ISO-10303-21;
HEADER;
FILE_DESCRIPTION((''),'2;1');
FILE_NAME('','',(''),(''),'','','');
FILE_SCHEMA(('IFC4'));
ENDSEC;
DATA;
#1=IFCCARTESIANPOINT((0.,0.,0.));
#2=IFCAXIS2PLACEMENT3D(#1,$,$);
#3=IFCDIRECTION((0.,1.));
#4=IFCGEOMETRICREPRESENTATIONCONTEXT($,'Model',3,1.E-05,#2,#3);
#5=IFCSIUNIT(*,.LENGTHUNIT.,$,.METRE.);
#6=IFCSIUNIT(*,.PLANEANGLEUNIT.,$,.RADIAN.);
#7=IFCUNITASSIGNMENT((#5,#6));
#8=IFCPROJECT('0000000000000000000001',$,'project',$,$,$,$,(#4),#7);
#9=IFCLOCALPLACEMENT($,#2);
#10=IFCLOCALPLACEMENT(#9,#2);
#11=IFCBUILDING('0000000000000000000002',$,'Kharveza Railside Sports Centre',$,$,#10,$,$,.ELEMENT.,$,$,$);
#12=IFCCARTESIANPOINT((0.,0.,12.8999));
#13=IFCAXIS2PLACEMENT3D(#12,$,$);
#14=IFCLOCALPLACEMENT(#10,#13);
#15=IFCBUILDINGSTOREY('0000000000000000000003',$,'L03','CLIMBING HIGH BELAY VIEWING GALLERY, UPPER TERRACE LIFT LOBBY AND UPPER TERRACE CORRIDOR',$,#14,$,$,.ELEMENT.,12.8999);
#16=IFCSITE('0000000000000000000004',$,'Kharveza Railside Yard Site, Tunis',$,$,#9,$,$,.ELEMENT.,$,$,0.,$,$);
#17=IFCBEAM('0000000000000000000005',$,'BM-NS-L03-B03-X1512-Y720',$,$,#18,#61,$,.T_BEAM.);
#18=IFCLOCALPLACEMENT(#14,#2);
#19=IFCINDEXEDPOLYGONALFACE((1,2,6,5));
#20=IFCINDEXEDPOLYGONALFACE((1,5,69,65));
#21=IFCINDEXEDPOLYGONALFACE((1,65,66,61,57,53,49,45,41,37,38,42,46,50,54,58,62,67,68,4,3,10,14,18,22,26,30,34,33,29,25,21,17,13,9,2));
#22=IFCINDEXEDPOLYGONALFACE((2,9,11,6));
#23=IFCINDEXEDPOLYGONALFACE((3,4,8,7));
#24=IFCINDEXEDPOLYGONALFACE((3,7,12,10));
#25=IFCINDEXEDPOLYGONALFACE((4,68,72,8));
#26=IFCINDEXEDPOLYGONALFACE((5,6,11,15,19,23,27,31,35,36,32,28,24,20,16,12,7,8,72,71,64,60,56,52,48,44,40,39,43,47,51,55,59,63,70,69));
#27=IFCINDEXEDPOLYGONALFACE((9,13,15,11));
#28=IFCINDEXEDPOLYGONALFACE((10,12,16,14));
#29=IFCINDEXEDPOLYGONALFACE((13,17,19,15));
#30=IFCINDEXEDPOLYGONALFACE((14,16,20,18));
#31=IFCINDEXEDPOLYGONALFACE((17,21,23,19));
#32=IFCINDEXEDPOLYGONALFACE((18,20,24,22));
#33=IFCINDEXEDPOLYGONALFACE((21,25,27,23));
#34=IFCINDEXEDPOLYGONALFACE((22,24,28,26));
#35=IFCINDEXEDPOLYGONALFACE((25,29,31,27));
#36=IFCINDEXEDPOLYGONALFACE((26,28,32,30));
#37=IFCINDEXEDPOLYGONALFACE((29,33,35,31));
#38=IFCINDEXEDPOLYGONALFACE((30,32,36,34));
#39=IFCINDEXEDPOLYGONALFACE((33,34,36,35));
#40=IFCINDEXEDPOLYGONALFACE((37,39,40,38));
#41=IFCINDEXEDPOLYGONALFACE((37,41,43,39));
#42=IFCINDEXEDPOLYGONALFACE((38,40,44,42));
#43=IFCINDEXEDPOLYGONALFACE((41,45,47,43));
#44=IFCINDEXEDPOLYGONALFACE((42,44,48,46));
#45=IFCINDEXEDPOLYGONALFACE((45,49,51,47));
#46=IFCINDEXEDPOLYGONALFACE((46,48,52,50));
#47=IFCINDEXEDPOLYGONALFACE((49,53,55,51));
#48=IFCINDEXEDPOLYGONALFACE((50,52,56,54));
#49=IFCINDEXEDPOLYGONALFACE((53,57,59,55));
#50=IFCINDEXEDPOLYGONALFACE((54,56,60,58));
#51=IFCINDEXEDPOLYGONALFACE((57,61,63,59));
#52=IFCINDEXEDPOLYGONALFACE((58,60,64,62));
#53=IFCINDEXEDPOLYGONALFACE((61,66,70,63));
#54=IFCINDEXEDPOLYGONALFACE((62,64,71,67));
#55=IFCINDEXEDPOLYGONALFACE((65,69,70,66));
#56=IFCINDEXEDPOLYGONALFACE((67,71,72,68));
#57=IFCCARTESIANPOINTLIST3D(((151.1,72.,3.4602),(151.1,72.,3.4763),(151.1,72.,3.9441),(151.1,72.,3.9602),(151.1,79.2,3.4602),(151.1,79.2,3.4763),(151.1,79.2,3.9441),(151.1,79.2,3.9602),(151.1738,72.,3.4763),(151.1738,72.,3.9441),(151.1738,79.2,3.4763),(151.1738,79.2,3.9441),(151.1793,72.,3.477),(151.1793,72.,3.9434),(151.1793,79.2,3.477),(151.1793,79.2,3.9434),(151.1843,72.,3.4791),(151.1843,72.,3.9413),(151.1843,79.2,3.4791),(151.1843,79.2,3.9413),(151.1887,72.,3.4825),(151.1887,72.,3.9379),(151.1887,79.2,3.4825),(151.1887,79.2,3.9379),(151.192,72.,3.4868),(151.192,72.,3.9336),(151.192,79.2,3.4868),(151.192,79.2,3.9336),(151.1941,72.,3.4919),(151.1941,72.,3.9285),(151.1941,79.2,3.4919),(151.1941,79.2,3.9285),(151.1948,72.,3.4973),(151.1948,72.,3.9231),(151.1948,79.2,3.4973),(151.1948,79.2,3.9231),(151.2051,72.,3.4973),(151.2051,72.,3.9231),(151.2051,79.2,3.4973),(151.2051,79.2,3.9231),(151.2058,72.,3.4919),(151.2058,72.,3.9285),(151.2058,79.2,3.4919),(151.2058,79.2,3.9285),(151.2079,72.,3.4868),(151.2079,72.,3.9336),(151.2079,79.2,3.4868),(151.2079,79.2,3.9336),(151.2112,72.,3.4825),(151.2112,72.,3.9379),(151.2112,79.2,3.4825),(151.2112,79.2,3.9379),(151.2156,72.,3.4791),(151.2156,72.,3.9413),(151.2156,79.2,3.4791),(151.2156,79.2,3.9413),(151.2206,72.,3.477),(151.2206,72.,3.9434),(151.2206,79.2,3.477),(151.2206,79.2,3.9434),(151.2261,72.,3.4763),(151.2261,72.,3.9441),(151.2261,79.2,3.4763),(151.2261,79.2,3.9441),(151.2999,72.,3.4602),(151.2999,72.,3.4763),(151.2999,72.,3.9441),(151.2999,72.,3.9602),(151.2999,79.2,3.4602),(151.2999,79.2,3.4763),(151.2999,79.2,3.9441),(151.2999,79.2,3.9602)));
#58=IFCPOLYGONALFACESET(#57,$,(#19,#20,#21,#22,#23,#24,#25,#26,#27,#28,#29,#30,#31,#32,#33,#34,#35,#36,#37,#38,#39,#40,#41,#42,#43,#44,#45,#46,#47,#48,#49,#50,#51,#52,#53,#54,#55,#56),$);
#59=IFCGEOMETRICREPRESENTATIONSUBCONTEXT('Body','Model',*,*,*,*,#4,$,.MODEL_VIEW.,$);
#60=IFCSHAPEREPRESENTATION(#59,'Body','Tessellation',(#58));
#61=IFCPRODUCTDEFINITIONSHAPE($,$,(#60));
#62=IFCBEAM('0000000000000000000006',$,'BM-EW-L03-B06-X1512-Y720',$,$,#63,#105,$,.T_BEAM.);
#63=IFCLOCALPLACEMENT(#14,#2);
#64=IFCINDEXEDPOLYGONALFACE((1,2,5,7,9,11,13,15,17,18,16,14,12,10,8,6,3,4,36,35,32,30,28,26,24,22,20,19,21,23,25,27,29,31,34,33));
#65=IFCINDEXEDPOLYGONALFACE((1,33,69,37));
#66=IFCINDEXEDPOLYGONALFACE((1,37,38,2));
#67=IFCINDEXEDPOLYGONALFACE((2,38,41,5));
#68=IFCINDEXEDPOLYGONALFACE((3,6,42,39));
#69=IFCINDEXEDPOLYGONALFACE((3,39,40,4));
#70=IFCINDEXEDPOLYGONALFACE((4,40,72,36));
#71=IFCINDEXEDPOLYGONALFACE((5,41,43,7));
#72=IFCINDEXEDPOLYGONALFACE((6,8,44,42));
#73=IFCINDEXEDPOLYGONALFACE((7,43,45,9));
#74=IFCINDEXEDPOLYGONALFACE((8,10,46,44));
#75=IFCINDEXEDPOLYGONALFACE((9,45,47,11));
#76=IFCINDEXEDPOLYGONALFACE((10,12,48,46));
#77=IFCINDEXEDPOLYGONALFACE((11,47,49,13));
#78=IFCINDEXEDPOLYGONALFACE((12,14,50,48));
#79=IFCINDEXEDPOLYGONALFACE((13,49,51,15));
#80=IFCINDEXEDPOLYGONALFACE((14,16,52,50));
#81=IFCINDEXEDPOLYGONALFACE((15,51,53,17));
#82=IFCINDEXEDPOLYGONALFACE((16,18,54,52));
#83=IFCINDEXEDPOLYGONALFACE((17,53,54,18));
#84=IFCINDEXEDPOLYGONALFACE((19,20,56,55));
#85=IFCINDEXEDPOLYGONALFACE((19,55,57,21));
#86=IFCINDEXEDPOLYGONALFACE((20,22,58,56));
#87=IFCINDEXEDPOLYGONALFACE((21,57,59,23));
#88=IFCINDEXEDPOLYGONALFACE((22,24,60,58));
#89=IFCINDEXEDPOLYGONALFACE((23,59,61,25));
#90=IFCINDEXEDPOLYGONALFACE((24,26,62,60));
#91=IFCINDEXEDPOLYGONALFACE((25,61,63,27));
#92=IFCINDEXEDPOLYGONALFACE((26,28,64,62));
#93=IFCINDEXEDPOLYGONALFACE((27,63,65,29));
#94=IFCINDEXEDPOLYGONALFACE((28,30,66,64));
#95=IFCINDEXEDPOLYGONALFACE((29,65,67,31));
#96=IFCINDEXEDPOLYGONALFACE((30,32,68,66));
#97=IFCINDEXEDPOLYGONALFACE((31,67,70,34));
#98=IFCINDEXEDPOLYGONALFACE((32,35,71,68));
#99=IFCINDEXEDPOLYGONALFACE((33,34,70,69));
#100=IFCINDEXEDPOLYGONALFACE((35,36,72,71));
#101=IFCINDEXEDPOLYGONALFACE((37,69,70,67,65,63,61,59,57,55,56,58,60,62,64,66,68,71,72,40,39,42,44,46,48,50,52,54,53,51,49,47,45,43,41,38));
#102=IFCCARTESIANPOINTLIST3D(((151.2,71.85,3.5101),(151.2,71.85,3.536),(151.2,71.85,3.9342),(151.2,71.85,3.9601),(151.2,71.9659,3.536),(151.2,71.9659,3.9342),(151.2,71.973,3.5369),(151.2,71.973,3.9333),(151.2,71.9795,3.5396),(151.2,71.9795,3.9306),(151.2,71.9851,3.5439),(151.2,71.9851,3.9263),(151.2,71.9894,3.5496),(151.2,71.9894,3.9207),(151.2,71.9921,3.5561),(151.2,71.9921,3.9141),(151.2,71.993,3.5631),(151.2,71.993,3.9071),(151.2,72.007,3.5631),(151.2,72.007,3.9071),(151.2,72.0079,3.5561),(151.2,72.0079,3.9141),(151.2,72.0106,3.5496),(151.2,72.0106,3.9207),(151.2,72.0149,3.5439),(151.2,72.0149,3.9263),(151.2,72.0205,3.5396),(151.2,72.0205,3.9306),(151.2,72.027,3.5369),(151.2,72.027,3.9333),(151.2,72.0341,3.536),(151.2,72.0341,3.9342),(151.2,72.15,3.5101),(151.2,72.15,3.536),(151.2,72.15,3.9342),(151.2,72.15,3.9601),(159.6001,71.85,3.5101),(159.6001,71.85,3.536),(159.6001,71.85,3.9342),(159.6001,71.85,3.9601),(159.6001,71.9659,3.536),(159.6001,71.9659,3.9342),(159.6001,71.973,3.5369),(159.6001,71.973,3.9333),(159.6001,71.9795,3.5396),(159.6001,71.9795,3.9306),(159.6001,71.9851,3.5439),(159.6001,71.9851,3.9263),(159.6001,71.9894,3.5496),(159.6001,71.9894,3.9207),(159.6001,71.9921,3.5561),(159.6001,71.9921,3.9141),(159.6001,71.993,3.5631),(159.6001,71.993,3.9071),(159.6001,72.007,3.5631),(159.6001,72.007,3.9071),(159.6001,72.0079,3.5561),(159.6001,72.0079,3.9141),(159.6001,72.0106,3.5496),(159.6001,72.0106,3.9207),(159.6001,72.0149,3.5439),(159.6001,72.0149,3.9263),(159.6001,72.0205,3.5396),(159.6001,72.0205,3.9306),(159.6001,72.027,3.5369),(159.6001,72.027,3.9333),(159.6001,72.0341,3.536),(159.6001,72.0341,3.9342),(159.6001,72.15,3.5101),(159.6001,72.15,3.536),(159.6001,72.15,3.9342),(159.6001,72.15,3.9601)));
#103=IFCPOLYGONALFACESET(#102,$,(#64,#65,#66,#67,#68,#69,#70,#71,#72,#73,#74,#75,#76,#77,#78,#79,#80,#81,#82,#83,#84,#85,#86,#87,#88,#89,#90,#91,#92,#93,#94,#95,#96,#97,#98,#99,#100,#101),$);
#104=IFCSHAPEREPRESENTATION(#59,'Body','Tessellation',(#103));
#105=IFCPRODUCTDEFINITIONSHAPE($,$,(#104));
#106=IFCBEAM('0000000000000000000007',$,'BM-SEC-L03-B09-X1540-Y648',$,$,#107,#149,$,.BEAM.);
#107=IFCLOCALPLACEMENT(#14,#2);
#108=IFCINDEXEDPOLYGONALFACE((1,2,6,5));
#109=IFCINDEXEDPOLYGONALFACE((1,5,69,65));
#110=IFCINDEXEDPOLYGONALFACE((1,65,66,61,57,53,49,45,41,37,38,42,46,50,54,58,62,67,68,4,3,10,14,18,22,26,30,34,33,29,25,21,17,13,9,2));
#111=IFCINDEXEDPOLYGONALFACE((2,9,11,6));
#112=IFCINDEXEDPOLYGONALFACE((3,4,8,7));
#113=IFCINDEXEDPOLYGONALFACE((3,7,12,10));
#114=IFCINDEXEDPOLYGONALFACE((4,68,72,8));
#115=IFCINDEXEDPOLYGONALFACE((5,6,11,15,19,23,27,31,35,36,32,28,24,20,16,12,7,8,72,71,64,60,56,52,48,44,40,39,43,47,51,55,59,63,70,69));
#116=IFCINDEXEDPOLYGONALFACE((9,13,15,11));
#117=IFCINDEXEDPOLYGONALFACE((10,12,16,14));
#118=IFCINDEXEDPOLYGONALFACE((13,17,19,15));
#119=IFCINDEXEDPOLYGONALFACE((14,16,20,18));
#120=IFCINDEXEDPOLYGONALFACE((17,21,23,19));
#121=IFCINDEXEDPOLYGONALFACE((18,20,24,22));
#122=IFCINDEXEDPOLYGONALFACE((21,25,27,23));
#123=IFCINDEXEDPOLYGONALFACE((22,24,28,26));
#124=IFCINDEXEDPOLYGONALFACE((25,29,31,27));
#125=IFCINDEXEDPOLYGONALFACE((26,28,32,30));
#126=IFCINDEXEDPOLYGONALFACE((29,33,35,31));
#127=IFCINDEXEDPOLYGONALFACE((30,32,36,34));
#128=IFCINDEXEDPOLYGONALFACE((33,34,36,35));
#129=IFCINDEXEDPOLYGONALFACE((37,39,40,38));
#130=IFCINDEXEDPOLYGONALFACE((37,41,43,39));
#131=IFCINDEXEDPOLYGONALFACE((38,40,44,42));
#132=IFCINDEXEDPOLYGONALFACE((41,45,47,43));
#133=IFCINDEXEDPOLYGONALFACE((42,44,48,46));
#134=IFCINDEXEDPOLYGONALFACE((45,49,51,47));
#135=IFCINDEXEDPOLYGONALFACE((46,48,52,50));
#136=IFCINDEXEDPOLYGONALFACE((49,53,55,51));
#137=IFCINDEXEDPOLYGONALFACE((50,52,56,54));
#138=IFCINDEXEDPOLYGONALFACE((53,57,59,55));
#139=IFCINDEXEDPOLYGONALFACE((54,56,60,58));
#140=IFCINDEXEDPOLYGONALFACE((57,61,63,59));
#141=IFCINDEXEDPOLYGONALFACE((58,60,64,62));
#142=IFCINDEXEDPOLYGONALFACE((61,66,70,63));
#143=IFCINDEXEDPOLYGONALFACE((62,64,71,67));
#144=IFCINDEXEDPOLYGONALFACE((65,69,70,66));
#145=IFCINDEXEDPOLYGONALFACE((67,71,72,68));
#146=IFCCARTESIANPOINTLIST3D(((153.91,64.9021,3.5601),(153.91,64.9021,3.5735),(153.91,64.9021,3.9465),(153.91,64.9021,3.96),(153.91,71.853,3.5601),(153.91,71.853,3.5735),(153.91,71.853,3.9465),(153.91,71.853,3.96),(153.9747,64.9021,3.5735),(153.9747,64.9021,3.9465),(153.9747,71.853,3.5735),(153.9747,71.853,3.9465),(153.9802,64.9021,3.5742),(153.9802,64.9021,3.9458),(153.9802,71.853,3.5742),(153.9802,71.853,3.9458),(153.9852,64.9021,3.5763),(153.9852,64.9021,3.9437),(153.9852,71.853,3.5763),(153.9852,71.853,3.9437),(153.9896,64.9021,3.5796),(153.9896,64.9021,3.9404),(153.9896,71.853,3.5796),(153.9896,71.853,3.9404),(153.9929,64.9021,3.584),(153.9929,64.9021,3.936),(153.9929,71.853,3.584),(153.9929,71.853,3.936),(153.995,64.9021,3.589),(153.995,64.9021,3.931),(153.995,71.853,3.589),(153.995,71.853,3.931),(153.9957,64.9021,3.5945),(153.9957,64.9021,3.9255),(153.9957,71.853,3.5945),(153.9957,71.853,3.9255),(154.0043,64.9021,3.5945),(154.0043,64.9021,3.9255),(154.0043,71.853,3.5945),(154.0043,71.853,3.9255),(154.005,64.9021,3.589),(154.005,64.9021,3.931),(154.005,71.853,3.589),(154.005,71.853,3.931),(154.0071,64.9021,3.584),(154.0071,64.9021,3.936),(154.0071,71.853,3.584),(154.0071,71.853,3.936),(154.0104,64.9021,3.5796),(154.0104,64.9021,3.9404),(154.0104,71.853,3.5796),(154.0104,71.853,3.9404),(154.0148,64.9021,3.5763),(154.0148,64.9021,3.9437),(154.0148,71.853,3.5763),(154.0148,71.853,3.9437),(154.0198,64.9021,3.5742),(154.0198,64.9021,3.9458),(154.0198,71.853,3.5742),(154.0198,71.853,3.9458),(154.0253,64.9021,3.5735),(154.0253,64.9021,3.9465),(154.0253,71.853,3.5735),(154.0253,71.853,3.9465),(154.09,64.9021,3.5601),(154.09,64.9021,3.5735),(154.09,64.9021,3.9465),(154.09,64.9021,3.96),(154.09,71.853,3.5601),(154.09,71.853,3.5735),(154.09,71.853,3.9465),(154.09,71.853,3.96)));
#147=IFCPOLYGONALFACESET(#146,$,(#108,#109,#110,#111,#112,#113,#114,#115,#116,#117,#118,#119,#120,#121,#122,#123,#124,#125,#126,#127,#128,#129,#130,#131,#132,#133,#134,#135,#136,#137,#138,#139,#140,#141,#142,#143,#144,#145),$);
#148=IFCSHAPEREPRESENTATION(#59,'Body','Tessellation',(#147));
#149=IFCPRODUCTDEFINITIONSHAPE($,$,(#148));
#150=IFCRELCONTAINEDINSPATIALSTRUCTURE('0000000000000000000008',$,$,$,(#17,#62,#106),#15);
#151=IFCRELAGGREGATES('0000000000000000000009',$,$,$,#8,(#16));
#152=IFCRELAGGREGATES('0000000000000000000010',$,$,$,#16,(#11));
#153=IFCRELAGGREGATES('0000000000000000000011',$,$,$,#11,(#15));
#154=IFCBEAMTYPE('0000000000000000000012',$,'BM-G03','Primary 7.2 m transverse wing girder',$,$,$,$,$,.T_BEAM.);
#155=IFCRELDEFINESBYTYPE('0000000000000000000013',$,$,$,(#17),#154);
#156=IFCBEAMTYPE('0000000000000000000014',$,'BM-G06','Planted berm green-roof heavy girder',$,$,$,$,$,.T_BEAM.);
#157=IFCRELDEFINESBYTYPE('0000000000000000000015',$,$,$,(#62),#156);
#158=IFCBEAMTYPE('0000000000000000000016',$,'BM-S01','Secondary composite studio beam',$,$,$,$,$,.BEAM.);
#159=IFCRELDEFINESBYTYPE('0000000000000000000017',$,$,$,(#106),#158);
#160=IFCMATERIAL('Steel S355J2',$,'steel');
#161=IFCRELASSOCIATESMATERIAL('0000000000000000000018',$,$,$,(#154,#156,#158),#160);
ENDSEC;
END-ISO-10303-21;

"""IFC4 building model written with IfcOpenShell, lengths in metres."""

from ifc_helpers import new_model, si_unit, direction, frame, origin, origin_2d, place, context, subcontext, project, spatial, i_section, extrude, material, material_profile, profile_set, type_object, element, save


model = new_model("IFC4")

# Units and contexts
model_context = context("Model", 3, precision=1e-05, world=origin(), true_north=direction((0.0, 1.0)))
body_context = subcontext(model_context, "Body", "Model", "MODEL_VIEW")
ifc_project = project(units=[si_unit("LENGTHUNIT", "METRE"), si_unit("PLANEANGLEUNIT", "RADIAN")], contexts=[model_context])

# Site, building, storey
site_placement = place(None, origin())
site = spatial("IfcSite", under=ifc_project, at=site_placement, Name="Kharveza Railside Yard Site, Tunis", CompositionType="ELEMENT", RefElevation=0.0)
building_placement = place(site_placement, origin())
building = spatial("IfcBuilding", under=site, at=building_placement, Name="Kharveza Railside Sports Centre", CompositionType="ELEMENT")
storey_placement = place(building_placement, frame((0.0, 0.0, 12.8999)))
storey = spatial("IfcBuildingStorey", under=building, at=storey_placement, Name="L03", Description="CLIMBING HIGH BELAY VIEWING GALLERY, UPPER TERRACE LIFT LOBBY AND UPPER TERRACE CORRIDOR", CompositionType="ELEMENT", Elevation=12.8999)

# Shared definitions
ifc_material_1 = material(Name="Steel S355J2", Category="steel")

# Beams
ifc_material_profile_1 = material_profile(ifc_material_1, i_section(OverallWidth=0.2, OverallDepth=0.5, WebThickness=0.0103, FlangeThickness=0.0161, FilletRadius=0.021, at=origin_2d()), Name="IPE 500")
ifc_profile_set_1 = profile_set([ifc_material_profile_1], Name="Steel S355J2")
beam_type_1 = type_object("IfcBeamType", Name="BM-G03", Description="Primary 7.2 m transverse wing girder", PredefinedType="T_BEAM", material=ifc_profile_set_1)
for number, where, z_axis, x_axis, name in (
    (1, (151.2, 72.0, 3.7102), (0.0, 1.0, 0.0), (-1.0, 0.0, 0.0), "BM-NS-L03-B03-X1512-Y720"),
):
    element("IfcBeam", number, at=place(storey_placement, frame(where, z_axis=z_axis, x_axis=x_axis)), inside=storey, type_object=beam_type_1, Name=name, PredefinedType="T_BEAM", context=body_context, shape_type="SweptSolid", body=[
        extrude(i_section(OverallWidth=0.2, OverallDepth=0.5, WebThickness=0.0103, FlangeThickness=0.0161, FilletRadius=0.021, at=origin_2d()), origin(), (0.0, 0.0, 1.0), 7.2),
    ])
ifc_material_profile_2 = material_profile(ifc_material_1, i_section(OverallWidth=0.3, OverallDepth=0.45, WebThickness=0.0139, FlangeThickness=0.0259, FilletRadius=0.0271, at=origin_2d()), Name="HEB 450")
ifc_profile_set_2 = profile_set([ifc_material_profile_2], Name="Steel S355J2")
beam_type_2 = type_object("IfcBeamType", Name="BM-G06", Description="Planted berm green-roof heavy girder", PredefinedType="T_BEAM", material=ifc_profile_set_2)
beam_1_placement = place(storey_placement, frame((151.2, 72.0, 3.7351), z_axis=(1.0, 0.0, 0.0), x_axis=(0.0, 1.0, 0.0)))
element("IfcBeam", 2, at=beam_1_placement, inside=storey, type_object=beam_type_2, Name="BM-EW-L03-B06-X1512-Y720", PredefinedType="T_BEAM", context=body_context, shape_type="SweptSolid", body=[
    extrude(i_section(OverallWidth=0.3, OverallDepth=0.45, WebThickness=0.0139, FlangeThickness=0.0259, FilletRadius=0.0271, at=origin_2d()), origin(), (0.0, 0.0, 1.0), 8.4001),
])
ifc_material_profile_3 = material_profile(ifc_material_1, i_section(OverallWidth=0.1799, OverallDepth=0.3999, WebThickness=0.0085, FlangeThickness=0.0134, FilletRadius=0.021, at=origin_2d()), Name="IPE 400")
ifc_profile_set_3 = profile_set([ifc_material_profile_3], Name="Steel S355J2")
beam_type_3 = type_object("IfcBeamType", Name="BM-S01", Description="Secondary composite studio beam", PredefinedType="BEAM", material=ifc_profile_set_3)
beam_2_placement = place(storey_placement, frame((154.0, 64.9021, 3.76), z_axis=(0.0, 1.0, 0.0), x_axis=(-1.0, 0.0, 0.0)))
element("IfcBeam", 3, at=beam_2_placement, inside=storey, type_object=beam_type_3, Name="BM-SEC-L03-B09-X1540-Y648", PredefinedType="BEAM", context=body_context, shape_type="SweptSolid", body=[
    extrude(i_section(OverallWidth=0.1799, OverallDepth=0.3999, WebThickness=0.0085, FlangeThickness=0.0134, FilletRadius=0.021, at=origin_2d()), origin(), (0.0, 0.0, 1.0), 6.9509),
])

save(model, "model.ifc")
